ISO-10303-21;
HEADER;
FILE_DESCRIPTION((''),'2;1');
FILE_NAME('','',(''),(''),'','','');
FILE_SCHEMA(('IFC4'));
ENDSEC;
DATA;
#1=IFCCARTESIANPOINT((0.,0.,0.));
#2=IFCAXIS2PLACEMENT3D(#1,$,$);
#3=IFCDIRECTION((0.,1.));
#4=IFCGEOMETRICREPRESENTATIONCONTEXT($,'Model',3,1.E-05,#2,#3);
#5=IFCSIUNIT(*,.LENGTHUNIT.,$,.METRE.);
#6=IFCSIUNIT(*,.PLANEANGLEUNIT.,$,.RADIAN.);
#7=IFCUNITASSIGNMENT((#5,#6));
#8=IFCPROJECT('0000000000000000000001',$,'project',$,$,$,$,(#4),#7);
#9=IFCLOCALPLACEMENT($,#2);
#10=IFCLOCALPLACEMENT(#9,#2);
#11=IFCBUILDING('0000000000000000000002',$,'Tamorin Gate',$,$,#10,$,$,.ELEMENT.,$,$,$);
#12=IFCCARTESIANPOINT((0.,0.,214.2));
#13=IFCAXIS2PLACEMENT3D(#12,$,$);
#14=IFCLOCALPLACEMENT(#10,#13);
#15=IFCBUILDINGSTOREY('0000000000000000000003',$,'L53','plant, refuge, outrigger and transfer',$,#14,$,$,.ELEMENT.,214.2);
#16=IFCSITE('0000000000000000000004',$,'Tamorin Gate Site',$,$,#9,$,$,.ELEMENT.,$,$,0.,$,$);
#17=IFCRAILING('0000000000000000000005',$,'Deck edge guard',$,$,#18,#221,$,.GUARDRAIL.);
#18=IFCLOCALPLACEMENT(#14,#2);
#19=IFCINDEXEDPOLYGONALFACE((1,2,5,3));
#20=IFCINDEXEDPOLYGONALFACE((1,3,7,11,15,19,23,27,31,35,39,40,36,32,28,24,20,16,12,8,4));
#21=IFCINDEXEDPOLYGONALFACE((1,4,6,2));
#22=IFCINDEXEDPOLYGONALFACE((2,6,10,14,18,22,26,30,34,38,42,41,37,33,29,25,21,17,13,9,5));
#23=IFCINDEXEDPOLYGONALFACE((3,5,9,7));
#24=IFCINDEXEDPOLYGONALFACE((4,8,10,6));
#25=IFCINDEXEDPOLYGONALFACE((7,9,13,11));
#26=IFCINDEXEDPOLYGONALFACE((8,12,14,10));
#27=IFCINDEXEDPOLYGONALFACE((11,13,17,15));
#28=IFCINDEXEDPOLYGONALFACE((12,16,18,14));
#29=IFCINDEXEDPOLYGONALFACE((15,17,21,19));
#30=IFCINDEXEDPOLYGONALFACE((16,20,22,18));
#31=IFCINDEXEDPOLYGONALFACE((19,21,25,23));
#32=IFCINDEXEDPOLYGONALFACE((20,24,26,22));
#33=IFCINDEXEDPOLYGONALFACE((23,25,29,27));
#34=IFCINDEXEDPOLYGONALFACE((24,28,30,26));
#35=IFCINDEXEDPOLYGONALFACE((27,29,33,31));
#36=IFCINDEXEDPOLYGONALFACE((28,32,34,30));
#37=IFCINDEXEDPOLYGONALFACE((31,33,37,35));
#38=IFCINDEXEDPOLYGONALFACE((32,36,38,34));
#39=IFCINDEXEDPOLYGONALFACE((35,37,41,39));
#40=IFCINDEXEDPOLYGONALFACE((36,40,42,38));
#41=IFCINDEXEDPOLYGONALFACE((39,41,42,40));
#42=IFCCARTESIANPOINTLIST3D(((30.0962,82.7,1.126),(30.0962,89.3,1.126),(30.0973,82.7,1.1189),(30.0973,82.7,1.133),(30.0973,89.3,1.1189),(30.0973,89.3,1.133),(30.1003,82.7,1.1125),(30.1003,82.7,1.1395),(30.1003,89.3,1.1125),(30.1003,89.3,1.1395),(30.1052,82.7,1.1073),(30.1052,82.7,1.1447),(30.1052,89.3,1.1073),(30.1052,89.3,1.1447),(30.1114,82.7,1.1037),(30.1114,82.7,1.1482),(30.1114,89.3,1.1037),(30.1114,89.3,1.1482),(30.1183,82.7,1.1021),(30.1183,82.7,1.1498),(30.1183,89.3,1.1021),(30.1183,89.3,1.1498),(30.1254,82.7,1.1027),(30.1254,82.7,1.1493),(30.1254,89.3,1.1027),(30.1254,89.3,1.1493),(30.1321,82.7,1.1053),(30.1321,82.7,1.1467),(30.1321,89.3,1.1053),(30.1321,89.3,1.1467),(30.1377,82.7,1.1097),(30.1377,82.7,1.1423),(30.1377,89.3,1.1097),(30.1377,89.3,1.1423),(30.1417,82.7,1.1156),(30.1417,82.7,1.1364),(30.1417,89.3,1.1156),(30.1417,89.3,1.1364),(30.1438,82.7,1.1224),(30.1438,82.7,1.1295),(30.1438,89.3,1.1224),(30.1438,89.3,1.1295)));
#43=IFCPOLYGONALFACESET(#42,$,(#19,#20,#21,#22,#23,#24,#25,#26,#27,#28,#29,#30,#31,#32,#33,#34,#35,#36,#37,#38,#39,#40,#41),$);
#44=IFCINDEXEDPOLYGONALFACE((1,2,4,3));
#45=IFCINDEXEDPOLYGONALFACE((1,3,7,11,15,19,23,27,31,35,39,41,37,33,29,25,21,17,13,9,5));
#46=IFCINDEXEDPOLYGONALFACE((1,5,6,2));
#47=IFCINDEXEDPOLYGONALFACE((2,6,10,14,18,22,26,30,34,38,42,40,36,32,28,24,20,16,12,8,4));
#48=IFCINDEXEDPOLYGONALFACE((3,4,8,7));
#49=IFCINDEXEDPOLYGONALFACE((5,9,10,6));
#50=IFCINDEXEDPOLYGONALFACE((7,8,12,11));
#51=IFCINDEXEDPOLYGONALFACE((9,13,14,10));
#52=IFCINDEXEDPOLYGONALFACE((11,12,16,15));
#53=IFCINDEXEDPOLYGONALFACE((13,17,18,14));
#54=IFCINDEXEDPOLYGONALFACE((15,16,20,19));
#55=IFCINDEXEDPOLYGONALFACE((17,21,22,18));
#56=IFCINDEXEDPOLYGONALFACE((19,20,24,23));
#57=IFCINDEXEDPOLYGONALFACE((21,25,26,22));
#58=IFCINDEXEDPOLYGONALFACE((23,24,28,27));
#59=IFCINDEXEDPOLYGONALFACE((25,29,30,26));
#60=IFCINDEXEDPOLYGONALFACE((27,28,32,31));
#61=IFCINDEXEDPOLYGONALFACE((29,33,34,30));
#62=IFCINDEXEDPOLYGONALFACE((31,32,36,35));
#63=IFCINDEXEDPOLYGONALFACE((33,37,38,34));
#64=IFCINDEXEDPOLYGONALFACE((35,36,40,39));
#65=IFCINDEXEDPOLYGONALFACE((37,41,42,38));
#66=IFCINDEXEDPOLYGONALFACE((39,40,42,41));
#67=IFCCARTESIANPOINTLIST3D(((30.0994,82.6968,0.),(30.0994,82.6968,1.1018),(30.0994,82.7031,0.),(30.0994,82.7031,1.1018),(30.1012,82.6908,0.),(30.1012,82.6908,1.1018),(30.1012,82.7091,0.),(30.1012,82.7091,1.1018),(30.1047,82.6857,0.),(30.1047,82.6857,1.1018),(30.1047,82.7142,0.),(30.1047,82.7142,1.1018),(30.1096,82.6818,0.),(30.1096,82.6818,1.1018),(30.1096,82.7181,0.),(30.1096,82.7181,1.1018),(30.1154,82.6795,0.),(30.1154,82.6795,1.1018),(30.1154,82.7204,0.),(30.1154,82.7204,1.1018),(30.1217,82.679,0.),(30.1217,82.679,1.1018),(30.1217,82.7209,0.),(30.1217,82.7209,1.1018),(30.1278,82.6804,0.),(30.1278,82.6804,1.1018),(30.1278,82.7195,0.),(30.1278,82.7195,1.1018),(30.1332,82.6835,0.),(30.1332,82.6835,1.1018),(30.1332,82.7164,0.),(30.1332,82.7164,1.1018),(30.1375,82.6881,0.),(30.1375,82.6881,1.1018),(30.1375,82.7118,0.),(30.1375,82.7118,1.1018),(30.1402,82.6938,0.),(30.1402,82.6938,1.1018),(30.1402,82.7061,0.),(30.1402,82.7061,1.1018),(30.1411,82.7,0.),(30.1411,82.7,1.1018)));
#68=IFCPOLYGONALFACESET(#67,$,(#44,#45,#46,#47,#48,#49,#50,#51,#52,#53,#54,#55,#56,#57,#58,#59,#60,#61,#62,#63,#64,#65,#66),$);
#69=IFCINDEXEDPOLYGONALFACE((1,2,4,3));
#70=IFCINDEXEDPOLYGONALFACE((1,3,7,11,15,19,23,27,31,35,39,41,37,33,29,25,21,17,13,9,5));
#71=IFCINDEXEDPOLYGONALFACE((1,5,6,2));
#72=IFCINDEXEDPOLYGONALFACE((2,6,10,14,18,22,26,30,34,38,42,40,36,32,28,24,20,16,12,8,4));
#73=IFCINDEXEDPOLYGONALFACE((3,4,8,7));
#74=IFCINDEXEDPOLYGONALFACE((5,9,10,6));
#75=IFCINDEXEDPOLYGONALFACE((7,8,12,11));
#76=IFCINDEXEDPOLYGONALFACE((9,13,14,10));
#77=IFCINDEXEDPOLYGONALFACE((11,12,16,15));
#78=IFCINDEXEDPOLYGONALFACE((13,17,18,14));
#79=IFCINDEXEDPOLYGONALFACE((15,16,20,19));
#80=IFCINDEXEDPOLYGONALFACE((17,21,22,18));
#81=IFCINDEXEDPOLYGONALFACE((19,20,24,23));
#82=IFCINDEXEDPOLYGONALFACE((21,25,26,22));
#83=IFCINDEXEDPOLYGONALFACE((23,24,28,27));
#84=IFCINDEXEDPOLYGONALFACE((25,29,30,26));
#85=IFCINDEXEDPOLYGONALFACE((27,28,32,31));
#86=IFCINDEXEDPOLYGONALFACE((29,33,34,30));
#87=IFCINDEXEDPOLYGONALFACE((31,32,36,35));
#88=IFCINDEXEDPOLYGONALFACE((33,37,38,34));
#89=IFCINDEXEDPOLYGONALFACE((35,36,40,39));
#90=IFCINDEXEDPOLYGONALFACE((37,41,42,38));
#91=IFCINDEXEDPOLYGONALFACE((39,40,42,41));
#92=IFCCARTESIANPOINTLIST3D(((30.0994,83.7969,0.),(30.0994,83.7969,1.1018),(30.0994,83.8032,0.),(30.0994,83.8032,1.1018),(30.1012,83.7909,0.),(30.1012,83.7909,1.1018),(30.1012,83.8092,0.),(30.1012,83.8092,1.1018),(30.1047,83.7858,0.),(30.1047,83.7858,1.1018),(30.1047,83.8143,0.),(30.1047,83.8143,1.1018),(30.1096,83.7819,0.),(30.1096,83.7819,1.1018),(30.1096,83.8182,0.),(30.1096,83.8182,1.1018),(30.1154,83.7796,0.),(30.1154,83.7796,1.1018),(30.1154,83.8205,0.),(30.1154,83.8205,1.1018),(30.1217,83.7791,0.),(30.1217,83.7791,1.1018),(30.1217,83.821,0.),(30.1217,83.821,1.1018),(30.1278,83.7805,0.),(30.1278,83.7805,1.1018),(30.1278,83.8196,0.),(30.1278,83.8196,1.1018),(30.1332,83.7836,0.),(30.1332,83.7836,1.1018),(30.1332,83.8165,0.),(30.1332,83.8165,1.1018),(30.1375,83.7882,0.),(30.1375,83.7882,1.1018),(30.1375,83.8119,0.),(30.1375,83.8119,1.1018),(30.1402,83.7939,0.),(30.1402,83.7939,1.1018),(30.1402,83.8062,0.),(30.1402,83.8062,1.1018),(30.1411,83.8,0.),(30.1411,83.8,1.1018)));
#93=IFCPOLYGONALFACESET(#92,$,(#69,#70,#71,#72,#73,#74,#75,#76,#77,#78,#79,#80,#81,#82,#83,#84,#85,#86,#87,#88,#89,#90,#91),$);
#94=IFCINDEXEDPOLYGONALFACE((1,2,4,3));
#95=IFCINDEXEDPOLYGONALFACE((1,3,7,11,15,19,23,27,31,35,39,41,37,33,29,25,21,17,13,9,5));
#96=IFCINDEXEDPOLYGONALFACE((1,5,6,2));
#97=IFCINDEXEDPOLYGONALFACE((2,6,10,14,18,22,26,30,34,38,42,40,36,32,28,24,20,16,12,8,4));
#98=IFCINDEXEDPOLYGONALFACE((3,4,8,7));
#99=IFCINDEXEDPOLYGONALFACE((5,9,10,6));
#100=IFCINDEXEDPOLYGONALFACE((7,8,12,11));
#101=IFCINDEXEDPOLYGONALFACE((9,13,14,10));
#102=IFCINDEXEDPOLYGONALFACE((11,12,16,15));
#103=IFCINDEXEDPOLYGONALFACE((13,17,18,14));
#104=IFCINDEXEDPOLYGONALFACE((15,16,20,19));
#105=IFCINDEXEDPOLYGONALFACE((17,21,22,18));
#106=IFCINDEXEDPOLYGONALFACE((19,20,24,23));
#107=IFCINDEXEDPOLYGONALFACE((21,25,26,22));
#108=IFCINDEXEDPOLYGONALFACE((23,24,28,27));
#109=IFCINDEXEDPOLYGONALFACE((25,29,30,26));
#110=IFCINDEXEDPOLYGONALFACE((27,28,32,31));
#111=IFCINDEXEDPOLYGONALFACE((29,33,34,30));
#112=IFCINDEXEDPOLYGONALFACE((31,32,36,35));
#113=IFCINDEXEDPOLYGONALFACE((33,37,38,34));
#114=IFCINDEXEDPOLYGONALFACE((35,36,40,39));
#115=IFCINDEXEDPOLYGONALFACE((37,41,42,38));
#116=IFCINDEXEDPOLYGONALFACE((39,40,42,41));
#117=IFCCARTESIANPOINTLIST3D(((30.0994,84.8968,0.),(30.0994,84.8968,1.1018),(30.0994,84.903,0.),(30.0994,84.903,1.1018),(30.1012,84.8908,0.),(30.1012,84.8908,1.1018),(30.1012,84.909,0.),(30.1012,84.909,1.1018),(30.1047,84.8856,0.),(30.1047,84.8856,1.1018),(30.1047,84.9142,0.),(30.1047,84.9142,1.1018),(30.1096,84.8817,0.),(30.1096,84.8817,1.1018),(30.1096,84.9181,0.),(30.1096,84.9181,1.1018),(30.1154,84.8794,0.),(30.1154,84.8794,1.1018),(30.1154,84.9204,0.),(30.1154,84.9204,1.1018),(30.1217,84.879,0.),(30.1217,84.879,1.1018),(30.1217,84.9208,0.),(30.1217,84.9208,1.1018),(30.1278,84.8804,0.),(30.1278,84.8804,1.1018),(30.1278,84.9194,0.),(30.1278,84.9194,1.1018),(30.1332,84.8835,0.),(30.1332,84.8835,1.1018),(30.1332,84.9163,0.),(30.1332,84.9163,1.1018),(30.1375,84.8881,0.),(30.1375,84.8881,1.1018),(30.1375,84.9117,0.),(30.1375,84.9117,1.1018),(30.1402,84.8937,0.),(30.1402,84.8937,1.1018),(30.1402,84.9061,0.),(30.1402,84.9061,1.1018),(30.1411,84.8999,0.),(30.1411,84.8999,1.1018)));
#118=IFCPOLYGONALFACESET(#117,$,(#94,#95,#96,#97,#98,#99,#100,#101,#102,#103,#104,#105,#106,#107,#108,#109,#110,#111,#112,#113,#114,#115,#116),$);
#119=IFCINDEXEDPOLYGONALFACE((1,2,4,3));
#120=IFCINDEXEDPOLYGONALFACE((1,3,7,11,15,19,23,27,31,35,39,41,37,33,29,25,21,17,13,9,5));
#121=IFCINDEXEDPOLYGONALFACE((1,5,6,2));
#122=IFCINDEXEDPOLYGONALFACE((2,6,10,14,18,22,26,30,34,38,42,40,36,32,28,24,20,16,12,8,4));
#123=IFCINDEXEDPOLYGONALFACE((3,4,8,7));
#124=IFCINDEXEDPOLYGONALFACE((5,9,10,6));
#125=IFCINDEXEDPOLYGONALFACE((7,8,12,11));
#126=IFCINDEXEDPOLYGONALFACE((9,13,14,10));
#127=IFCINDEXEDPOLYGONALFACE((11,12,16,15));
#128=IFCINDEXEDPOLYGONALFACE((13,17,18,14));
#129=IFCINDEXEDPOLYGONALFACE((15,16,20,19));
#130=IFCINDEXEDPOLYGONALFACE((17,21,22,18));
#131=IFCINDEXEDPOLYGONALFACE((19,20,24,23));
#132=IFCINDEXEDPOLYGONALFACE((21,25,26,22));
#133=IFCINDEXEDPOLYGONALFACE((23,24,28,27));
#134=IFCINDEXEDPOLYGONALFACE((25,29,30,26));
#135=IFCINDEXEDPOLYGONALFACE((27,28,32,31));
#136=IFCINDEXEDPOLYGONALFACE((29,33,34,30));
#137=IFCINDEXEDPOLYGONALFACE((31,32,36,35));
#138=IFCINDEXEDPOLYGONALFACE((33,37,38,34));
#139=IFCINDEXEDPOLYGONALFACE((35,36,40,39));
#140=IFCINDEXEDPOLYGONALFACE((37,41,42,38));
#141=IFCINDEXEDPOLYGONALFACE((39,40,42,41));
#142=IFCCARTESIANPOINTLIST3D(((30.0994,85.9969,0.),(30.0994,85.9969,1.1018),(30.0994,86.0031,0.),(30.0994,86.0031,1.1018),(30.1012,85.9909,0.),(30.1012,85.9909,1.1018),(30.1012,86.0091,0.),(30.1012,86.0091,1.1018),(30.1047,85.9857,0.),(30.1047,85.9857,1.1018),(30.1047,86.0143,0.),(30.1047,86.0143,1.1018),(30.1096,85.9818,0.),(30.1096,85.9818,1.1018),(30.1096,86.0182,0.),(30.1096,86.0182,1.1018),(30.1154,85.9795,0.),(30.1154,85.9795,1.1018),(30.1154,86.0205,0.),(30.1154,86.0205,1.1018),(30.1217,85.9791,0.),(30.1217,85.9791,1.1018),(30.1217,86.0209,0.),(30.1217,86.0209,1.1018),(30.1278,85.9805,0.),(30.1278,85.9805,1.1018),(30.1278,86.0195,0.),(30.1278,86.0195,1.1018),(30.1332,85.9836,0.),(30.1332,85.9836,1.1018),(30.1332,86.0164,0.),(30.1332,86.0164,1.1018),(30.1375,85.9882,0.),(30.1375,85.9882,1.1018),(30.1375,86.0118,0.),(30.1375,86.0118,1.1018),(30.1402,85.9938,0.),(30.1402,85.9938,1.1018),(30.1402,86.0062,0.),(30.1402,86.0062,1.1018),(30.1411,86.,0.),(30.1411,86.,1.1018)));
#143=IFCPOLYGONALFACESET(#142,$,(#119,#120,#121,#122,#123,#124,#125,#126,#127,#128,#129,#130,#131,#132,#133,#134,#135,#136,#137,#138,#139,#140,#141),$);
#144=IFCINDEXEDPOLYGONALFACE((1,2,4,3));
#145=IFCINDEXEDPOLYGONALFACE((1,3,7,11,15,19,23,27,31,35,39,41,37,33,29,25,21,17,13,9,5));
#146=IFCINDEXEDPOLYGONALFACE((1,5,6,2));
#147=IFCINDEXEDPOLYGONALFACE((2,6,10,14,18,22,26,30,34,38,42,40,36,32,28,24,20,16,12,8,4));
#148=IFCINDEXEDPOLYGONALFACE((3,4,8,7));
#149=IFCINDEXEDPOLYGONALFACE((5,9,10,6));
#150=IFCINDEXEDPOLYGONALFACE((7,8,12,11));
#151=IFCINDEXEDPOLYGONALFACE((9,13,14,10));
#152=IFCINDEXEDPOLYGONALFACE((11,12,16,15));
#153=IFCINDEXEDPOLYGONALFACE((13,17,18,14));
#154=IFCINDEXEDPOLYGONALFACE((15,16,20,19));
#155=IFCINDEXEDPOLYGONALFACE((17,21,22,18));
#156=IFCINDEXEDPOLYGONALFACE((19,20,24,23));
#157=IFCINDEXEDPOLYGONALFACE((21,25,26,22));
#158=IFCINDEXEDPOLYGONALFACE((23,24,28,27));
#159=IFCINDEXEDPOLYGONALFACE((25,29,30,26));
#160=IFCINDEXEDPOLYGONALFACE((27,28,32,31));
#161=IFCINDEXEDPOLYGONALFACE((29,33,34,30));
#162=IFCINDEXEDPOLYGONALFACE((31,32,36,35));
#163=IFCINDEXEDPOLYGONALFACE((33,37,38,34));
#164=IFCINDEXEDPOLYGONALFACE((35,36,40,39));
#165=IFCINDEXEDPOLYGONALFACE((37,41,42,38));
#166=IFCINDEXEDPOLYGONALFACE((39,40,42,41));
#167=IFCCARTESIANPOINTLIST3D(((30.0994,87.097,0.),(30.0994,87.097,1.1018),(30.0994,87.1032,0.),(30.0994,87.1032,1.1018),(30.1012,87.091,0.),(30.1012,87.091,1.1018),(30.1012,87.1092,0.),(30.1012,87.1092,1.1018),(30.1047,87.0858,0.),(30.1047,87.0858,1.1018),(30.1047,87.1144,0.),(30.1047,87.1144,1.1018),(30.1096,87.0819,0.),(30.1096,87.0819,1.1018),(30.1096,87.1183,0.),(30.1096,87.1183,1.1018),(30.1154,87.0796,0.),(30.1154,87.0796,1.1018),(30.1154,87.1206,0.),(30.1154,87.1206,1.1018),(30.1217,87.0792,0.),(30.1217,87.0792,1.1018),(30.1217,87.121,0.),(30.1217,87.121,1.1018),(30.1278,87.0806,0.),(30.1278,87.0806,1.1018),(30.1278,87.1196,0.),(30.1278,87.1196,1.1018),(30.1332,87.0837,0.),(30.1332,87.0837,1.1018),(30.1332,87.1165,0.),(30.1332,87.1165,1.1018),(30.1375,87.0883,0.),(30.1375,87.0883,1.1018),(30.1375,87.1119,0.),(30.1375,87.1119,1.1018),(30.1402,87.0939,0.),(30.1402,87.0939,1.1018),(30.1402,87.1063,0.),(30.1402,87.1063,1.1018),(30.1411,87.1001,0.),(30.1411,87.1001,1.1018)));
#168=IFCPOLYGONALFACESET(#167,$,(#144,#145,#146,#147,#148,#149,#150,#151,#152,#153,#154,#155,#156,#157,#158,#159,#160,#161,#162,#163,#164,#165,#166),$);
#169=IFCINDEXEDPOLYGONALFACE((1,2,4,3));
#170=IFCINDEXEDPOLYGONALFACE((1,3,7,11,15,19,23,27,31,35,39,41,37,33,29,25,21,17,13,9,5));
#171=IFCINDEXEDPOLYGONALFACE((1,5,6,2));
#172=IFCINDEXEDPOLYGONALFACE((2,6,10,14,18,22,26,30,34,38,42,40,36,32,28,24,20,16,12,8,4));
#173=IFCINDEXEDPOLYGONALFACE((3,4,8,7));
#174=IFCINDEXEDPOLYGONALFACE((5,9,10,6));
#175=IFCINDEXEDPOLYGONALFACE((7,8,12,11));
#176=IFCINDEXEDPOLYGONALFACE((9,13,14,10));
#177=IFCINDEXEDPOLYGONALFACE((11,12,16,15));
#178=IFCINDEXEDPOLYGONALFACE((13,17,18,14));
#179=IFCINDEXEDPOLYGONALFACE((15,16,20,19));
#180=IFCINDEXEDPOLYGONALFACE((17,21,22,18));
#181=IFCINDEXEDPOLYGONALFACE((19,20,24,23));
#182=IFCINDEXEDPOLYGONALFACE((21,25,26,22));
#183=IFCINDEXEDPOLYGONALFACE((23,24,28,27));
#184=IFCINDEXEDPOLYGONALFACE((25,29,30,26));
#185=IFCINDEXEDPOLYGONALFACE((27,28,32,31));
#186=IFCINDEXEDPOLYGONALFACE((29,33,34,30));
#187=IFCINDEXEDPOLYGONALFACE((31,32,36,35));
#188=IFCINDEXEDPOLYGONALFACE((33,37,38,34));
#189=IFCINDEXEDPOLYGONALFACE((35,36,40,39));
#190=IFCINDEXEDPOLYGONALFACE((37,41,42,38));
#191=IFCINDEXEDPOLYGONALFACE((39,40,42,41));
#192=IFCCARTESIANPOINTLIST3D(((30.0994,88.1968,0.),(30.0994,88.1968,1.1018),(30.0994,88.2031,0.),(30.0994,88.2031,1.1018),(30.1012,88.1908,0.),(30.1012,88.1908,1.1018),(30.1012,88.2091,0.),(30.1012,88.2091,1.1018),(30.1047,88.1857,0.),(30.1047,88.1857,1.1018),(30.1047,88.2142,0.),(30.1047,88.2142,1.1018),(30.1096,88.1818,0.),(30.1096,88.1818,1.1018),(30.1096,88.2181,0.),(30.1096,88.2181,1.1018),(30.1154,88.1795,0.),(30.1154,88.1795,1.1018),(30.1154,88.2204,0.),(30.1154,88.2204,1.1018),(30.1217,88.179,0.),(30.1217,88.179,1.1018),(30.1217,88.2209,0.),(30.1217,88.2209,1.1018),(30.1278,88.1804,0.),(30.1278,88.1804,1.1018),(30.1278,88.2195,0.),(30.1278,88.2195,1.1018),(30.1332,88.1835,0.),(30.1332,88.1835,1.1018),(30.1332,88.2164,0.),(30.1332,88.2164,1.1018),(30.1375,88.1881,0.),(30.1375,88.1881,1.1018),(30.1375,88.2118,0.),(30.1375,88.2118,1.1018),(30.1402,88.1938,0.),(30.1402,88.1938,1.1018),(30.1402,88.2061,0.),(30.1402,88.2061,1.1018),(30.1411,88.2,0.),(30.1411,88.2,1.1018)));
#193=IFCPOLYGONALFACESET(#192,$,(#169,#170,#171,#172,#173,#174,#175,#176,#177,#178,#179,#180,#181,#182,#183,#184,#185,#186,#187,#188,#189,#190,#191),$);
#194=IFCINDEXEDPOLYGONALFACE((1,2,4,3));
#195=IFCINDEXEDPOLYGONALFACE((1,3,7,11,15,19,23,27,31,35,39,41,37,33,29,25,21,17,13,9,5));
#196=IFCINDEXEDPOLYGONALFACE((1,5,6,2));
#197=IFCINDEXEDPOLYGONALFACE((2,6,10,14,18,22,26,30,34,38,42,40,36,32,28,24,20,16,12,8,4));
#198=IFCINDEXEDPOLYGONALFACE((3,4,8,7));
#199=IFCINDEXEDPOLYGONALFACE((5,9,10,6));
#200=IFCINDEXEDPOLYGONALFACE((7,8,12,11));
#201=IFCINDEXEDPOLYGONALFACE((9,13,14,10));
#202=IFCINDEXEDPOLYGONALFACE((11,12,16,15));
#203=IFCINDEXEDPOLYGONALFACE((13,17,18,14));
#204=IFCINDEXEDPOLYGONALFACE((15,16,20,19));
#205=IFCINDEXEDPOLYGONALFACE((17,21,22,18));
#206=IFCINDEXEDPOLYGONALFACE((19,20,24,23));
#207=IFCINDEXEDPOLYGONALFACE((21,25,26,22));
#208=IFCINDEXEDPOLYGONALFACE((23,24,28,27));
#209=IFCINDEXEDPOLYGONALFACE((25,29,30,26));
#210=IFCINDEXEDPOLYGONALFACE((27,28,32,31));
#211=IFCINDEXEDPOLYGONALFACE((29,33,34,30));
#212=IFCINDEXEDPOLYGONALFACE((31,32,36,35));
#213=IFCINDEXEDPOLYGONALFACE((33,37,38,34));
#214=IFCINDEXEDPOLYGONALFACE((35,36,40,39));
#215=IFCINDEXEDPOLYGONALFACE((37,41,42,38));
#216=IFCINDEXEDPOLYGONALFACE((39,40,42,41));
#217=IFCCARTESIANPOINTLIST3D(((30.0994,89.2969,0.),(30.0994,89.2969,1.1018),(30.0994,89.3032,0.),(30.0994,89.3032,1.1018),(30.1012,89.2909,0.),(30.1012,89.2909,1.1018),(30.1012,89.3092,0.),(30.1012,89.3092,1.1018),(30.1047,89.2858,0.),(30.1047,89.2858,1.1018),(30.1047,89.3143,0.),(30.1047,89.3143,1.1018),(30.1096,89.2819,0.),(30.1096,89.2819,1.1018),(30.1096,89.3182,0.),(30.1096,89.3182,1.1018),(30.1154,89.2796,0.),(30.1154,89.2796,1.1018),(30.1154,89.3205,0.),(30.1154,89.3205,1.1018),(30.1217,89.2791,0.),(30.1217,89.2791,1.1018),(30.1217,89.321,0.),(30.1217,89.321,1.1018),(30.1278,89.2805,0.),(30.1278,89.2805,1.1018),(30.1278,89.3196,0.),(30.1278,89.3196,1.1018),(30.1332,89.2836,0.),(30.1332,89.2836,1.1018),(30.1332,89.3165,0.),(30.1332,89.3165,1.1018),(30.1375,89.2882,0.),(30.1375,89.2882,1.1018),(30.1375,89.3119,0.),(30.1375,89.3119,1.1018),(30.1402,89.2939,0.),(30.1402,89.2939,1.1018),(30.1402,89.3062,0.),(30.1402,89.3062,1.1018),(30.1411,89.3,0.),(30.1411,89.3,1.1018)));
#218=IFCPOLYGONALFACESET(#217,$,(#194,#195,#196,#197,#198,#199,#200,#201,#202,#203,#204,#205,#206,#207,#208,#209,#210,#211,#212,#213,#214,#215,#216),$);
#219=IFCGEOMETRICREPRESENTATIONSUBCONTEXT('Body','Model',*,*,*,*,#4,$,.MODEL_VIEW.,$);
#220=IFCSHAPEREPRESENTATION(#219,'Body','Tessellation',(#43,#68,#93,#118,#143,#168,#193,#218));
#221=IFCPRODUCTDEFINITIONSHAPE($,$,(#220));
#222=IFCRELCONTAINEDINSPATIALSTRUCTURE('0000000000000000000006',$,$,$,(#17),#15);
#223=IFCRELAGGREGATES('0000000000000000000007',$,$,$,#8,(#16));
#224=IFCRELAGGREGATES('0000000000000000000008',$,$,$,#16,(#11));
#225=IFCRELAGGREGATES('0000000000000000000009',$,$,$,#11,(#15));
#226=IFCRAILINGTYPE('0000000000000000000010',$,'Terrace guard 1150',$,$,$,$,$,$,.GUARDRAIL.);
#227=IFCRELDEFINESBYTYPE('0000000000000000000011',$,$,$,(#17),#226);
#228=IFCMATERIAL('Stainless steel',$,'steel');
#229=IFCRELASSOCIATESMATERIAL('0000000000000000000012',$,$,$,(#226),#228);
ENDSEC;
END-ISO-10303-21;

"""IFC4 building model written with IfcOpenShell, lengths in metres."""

from ifc_helpers import new_model, si_unit, direction, frame, origin, origin_2d, place, context, subcontext, project, spatial, circle, extrude, material, type_object, element, save


model = new_model("IFC4")

# Units and contexts
model_context = context("Model", 3, precision=1e-05, world=origin(), true_north=direction((0.0, 1.0)))
body_context = subcontext(model_context, "Body", "Model", "MODEL_VIEW")
ifc_project = project(units=[si_unit("LENGTHUNIT", "METRE"), si_unit("PLANEANGLEUNIT", "RADIAN")], contexts=[model_context])

# Site, building, storey
site_placement = place(None, origin())
site = spatial("IfcSite", under=ifc_project, at=site_placement, Name="Tamorin Gate Site", CompositionType="ELEMENT", RefElevation=0.0)
building_placement = place(site_placement, origin())
building = spatial("IfcBuilding", under=site, at=building_placement, Name="Tamorin Gate", CompositionType="ELEMENT")
storey_placement = place(building_placement, frame((0.0, 0.0, 214.2)))
storey = spatial("IfcBuildingStorey", under=building, at=storey_placement, Name="L53", Description="plant, refuge, outrigger and transfer", CompositionType="ELEMENT", Elevation=214.2)

# Railing
ifc_material_1 = material(Name="Stainless steel", Category="steel")
railing_type = type_object("IfcRailingType", Name="Terrace guard 1150", PredefinedType="GUARDRAIL", material=ifc_material_1)
railing_placement = place(storey_placement, frame((30.1201, 82.7, 0.0)))
element("IfcRailing", 1, at=railing_placement, inside=storey, type_object=railing_type, Name="Deck edge guard", PredefinedType="GUARDRAIL", context=body_context, shape_type="SweptSolid", body=[
    extrude(circle(Radius=0.0239, at=origin_2d()), frame((0.0, 0.0, 1.126), z_axis=(0.0, 1.0, 0.0), x_axis=(-1.0, 0.0, 0.0)), (0.0, 0.0, 1.0), 6.6001),
    extrude(circle(Radius=0.021, at=origin_2d()), origin(), (0.0, 0.0, 1.0), 1.1018),
    extrude(circle(Radius=0.021, at=origin_2d()), frame((0.0, 1.1001, 0.0)), (0.0, 0.0, 1.0), 1.1018),
    extrude(circle(Radius=0.021, at=origin_2d()), frame((0.0, 2.2, 0.0)), (0.0, 0.0, 1.0), 1.1018),
    extrude(circle(Radius=0.021, at=origin_2d()), frame((0.0, 3.3, 0.0)), (0.0, 0.0, 1.0), 1.1018),
    extrude(circle(Radius=0.021, at=origin_2d()), frame((0.0, 4.4001, 0.0)), (0.0, 0.0, 1.0), 1.1018),
    extrude(circle(Radius=0.021, at=origin_2d()), frame((0.0, 5.5, 0.0)), (0.0, 0.0, 1.0), 1.1018),
    extrude(circle(Radius=0.021, at=origin_2d()), frame((0.0, 6.6001, 0.0)), (0.0, 0.0, 1.0), 1.1018),
])

save(model, "model.ifc")
